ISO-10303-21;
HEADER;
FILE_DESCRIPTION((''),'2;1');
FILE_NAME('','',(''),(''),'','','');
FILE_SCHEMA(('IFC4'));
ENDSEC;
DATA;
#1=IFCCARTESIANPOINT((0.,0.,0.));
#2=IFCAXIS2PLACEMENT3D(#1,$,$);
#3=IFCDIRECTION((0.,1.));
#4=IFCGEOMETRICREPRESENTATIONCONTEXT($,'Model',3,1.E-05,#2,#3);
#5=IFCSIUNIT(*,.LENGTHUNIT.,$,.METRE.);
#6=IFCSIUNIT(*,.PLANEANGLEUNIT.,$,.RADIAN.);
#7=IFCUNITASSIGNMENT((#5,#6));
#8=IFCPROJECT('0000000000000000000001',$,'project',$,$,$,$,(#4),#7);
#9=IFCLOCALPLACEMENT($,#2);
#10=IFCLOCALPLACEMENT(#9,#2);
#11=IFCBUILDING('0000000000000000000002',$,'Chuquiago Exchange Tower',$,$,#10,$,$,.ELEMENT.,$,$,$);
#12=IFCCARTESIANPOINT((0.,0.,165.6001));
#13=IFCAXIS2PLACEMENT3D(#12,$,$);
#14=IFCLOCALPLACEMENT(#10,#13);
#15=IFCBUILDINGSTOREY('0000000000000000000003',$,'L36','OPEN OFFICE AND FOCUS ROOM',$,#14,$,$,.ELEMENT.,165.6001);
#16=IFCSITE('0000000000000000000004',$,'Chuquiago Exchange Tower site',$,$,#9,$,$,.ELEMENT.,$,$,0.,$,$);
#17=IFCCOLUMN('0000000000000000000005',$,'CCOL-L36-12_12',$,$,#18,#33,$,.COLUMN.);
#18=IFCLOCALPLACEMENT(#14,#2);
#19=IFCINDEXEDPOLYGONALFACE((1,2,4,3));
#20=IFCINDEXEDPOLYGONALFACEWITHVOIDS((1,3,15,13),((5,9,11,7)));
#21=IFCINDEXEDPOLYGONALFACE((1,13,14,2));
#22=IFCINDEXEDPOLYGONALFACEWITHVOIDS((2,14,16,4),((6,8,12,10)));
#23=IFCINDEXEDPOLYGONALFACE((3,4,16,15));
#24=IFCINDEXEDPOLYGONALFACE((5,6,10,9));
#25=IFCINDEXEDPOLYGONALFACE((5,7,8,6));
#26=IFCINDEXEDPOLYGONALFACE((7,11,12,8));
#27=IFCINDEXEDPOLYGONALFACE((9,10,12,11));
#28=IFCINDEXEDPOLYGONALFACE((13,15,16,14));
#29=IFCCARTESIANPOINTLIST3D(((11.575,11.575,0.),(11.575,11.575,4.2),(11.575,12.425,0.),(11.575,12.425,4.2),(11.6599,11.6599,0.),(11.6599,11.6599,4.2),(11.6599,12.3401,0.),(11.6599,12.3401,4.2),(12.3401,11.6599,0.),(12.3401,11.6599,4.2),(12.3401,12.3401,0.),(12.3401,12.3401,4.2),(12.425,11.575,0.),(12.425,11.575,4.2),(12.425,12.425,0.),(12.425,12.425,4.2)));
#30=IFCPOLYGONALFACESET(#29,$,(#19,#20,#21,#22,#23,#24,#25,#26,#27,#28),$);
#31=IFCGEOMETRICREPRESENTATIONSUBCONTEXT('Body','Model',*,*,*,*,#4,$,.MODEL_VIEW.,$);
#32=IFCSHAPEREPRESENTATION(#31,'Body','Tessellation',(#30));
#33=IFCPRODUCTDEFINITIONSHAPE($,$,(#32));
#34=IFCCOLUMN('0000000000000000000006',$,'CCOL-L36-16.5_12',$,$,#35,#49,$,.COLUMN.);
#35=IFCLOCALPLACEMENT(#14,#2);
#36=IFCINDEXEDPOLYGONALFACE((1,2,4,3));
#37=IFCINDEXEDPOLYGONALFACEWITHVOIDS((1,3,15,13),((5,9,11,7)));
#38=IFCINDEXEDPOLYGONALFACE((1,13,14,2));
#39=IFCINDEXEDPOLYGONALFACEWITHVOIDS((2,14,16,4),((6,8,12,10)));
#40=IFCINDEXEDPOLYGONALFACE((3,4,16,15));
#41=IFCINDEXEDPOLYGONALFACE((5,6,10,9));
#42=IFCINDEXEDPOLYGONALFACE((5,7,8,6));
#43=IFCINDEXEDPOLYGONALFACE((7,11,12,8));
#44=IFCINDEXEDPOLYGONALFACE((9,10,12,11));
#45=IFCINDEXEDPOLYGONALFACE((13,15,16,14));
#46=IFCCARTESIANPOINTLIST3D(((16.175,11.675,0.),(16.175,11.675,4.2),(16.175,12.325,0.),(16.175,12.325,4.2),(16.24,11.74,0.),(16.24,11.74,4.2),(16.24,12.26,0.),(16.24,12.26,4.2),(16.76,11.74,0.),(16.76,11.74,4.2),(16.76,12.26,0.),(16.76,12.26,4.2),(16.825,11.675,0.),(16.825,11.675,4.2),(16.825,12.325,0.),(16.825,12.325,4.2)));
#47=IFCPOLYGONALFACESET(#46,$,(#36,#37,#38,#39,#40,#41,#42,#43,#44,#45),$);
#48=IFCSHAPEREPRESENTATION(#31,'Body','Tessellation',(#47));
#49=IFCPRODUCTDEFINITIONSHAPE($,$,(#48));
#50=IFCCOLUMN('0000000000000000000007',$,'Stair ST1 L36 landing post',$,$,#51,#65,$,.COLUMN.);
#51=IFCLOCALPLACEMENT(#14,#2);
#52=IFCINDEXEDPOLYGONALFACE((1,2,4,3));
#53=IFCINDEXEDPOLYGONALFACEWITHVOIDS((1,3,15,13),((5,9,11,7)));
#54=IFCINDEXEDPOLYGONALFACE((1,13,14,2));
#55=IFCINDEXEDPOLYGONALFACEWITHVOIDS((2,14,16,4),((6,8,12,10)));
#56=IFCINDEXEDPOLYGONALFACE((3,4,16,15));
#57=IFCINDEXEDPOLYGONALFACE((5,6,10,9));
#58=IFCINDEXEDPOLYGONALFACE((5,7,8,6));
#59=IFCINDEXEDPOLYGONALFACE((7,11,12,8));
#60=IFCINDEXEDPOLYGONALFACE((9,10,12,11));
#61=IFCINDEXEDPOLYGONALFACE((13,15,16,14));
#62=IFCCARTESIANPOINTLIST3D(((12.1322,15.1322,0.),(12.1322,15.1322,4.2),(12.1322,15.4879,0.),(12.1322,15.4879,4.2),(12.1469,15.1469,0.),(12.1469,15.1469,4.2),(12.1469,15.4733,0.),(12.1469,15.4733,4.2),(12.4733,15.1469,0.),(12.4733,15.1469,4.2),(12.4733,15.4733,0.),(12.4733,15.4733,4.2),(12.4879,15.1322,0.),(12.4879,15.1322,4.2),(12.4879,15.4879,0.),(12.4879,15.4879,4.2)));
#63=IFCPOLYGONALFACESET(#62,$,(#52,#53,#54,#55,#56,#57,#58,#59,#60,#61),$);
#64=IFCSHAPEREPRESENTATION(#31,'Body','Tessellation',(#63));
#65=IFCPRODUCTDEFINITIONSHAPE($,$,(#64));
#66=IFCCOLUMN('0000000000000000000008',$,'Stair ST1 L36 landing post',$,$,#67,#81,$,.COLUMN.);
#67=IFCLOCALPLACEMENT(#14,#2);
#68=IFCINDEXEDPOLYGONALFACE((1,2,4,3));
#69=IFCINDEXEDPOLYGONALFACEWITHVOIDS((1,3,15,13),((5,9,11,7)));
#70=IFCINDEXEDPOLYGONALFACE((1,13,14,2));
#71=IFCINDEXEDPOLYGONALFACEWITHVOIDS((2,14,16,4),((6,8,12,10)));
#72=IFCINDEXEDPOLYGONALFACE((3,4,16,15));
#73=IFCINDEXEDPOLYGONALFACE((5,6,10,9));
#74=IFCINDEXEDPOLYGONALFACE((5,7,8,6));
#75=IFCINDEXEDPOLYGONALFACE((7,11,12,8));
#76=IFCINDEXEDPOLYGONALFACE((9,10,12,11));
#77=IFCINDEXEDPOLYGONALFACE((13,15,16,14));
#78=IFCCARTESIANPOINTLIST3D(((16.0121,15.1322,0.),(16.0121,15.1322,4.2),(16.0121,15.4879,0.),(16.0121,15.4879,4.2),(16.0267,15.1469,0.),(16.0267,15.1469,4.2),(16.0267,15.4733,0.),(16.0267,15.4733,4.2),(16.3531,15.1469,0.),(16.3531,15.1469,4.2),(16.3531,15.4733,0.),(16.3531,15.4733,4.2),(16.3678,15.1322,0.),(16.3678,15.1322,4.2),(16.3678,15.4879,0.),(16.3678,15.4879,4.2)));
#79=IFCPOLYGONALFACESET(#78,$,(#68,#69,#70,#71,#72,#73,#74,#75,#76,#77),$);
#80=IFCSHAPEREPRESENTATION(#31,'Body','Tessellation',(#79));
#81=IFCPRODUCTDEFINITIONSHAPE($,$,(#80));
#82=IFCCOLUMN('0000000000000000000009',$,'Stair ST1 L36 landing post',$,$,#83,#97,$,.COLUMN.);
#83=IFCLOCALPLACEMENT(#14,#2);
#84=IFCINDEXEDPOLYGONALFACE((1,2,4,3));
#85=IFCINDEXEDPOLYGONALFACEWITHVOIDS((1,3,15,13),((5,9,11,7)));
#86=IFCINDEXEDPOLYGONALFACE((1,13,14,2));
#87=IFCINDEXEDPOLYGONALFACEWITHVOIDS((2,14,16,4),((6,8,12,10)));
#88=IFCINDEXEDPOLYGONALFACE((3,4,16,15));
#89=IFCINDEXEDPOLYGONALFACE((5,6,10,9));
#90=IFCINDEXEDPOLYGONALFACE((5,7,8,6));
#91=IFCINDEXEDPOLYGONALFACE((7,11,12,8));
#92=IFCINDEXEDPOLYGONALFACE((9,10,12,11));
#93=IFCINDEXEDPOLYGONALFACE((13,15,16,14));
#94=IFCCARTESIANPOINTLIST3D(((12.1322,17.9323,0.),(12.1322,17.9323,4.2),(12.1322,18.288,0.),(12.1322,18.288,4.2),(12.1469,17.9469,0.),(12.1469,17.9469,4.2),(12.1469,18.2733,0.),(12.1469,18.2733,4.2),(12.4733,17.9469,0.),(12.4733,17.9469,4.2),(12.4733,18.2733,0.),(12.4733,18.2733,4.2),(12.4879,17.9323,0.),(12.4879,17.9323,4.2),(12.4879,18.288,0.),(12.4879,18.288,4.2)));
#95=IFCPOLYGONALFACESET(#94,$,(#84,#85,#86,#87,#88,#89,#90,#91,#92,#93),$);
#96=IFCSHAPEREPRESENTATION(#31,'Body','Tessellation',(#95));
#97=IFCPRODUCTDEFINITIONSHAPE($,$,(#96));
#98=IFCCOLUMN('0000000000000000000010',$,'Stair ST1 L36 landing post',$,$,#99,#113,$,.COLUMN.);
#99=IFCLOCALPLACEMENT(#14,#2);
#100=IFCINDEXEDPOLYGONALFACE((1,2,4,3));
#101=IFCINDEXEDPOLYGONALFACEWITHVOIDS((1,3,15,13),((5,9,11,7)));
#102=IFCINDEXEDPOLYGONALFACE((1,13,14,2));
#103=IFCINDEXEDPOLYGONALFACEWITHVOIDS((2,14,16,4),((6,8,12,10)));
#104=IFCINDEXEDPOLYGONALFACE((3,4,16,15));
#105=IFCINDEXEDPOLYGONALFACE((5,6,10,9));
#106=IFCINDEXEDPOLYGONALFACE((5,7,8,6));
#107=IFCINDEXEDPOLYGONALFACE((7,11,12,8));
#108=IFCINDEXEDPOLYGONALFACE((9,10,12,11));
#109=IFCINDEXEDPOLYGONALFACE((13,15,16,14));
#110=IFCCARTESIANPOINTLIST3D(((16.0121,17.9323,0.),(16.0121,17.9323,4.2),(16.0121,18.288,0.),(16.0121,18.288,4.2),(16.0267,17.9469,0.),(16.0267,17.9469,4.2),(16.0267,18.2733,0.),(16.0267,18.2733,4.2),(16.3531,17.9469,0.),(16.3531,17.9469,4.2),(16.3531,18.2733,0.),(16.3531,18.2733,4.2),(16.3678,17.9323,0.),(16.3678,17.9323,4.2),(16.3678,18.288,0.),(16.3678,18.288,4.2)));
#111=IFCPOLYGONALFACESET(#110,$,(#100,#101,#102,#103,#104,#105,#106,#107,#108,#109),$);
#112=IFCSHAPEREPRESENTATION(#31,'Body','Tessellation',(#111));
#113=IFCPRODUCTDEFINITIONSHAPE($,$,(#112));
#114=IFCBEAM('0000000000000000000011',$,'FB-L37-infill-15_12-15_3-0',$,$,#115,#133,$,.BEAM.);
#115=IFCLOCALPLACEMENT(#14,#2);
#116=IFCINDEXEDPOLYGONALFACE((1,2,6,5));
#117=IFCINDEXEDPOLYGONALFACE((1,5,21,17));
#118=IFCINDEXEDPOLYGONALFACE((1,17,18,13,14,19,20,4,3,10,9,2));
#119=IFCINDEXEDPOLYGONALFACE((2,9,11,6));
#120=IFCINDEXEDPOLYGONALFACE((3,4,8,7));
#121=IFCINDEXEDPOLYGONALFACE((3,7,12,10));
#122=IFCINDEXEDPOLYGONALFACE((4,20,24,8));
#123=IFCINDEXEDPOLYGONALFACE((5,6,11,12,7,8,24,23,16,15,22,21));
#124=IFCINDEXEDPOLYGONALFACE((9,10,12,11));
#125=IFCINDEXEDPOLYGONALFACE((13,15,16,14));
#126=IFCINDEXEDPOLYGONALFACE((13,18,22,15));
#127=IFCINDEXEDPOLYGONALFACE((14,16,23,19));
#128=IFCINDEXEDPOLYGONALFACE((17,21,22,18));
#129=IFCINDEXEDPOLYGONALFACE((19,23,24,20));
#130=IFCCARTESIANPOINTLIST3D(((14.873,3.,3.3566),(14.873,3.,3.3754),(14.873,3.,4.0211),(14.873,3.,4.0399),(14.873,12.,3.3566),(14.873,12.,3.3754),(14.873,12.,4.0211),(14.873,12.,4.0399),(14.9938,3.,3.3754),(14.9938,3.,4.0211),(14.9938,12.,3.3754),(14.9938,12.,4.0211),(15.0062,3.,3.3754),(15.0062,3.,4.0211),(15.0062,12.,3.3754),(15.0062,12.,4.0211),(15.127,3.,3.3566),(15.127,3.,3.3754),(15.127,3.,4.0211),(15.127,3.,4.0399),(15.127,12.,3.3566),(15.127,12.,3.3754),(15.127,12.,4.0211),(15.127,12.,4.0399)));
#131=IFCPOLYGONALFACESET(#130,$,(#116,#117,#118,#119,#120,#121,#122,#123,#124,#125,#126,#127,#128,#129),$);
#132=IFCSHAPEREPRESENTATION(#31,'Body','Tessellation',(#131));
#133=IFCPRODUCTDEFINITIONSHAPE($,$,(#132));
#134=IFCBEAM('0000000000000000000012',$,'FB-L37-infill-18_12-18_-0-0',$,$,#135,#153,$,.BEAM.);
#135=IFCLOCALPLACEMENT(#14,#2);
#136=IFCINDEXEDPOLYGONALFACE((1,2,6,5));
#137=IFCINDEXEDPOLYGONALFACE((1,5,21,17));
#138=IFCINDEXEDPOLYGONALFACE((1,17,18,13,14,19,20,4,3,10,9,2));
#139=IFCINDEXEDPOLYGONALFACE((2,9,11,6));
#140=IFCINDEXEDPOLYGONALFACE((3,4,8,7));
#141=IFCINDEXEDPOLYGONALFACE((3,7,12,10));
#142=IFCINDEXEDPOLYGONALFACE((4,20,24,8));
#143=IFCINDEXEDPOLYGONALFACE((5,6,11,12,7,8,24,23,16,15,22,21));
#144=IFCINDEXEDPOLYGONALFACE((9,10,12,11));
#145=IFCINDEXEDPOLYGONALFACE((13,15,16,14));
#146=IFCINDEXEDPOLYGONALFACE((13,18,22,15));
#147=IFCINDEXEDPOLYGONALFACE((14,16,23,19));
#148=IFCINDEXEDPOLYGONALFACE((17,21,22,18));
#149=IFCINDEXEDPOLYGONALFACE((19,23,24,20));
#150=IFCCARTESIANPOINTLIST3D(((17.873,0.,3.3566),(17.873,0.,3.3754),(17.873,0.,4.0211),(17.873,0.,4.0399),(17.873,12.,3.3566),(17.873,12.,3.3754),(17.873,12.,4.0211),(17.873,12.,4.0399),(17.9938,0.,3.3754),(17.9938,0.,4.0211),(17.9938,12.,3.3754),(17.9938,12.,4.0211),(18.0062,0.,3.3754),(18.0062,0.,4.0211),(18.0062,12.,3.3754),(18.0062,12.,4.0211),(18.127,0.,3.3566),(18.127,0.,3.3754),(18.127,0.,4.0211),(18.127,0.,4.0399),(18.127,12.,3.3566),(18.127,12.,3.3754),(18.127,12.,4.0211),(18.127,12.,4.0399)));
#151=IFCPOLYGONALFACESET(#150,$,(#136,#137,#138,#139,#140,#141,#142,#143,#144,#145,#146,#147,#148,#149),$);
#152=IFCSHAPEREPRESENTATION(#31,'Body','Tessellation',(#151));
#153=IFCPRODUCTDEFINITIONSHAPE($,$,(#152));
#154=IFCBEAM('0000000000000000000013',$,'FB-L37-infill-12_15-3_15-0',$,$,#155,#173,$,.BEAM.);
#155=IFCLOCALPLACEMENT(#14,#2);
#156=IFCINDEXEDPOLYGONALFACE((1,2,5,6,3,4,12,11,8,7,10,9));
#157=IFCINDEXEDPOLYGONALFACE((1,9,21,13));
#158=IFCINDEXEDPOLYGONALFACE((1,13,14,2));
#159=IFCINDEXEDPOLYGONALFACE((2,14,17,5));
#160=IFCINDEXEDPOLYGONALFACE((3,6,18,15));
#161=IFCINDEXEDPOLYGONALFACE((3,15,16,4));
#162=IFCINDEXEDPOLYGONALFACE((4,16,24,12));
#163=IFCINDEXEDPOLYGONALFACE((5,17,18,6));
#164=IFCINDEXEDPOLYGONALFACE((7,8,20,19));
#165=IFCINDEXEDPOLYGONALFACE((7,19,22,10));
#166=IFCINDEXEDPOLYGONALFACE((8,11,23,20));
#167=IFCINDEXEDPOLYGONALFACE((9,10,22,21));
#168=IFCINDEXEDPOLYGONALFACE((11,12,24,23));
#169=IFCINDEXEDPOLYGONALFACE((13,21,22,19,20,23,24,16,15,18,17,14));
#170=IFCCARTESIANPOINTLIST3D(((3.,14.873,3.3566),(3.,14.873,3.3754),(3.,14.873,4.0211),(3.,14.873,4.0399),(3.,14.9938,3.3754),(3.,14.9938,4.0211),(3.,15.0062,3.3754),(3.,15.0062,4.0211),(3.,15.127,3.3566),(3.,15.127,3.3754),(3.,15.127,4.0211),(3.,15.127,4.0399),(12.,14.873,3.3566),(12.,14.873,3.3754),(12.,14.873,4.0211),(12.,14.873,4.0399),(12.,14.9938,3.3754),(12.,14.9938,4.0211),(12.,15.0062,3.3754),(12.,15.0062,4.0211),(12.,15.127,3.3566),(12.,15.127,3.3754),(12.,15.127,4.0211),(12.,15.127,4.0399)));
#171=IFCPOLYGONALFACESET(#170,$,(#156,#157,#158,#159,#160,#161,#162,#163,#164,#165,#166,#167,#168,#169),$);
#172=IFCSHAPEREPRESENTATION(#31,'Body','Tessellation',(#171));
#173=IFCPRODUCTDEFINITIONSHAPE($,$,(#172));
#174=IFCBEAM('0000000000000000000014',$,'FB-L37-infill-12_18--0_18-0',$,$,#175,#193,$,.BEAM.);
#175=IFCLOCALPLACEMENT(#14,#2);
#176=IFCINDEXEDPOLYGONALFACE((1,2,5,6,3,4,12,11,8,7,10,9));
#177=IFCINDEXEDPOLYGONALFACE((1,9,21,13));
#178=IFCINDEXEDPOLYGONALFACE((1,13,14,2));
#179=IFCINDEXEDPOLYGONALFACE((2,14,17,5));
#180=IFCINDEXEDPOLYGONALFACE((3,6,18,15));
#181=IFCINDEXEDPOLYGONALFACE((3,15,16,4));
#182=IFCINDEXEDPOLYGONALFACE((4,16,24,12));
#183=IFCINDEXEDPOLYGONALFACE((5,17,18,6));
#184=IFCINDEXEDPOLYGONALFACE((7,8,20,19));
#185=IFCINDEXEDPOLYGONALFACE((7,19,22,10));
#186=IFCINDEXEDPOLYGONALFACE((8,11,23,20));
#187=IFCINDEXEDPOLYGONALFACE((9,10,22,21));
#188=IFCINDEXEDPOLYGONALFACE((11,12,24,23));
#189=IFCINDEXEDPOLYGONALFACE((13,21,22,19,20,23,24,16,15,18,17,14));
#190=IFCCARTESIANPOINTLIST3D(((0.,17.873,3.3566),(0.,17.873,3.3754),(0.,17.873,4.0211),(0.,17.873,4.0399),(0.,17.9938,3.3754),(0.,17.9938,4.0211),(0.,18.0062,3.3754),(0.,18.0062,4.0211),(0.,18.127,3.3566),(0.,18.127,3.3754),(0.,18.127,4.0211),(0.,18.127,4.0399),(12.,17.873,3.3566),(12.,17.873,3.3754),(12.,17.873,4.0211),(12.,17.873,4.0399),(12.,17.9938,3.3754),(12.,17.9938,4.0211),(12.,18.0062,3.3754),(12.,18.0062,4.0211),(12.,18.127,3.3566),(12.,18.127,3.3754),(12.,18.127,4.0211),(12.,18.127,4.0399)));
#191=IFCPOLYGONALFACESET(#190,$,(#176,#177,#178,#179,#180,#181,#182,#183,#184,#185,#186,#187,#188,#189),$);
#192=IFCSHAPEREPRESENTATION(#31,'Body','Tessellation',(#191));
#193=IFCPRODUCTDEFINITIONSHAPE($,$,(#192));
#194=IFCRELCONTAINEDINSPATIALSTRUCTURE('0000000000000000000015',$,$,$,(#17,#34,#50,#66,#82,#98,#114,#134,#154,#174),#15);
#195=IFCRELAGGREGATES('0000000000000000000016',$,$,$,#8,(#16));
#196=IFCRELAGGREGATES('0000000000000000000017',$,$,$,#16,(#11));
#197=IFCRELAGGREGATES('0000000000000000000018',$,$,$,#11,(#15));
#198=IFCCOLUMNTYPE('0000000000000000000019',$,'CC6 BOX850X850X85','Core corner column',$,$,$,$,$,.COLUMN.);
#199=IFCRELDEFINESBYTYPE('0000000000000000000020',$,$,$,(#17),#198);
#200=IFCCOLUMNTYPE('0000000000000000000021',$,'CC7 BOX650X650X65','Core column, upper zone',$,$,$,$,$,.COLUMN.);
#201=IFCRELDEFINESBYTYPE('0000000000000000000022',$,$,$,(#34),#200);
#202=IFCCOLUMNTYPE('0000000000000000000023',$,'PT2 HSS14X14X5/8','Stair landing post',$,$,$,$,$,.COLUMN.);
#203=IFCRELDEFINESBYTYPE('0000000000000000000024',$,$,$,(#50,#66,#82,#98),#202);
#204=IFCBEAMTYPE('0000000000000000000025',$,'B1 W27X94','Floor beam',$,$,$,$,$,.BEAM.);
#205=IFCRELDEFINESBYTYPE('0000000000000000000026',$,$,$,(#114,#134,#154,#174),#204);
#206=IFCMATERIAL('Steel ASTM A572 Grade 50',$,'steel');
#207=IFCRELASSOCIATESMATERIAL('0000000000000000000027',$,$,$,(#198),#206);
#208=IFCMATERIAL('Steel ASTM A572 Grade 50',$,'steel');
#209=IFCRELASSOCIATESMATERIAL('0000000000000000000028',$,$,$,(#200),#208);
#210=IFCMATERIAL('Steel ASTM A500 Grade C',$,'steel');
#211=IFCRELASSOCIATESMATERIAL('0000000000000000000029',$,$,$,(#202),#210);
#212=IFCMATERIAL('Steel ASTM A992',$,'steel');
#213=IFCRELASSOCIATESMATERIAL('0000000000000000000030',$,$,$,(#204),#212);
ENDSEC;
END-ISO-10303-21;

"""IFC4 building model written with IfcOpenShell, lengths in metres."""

from ifc_helpers import new_model, si_unit, direction, frame, origin, origin_2d, place, context, subcontext, project, spatial, hollow_rectangle, i_section, extrude, material, material_profile, profile_set, type_object, element, save


model = new_model("IFC4")

# Units and contexts
model_context = context("Model", 3, precision=1e-05, world=origin(), true_north=direction((0.0, 1.0)))
body_context = subcontext(model_context, "Body", "Model", "MODEL_VIEW")
ifc_project = project(units=[si_unit("LENGTHUNIT", "METRE"), si_unit("PLANEANGLEUNIT", "RADIAN")], contexts=[model_context])

# Site, building, storey
site_placement = place(None, origin())
site = spatial("IfcSite", under=ifc_project, at=site_placement, Name="Chuquiago Exchange Tower site", CompositionType="ELEMENT", RefElevation=0.0)
building_placement = place(site_placement, origin())
building = spatial("IfcBuilding", under=site, at=building_placement, Name="Chuquiago Exchange Tower", CompositionType="ELEMENT")
storey_placement = place(building_placement, frame((0.0, 0.0, 165.6001)))
storey = spatial("IfcBuildingStorey", under=building, at=storey_placement, Name="L36", Description="OPEN OFFICE AND FOCUS ROOM", CompositionType="ELEMENT", Elevation=165.6001)

# Columns
ifc_material_1 = material(Name="Steel ASTM A572 Grade 50", Category="steel")
ifc_material_profile_1 = material_profile(ifc_material_1, hollow_rectangle(XDim=0.8501, YDim=0.8501, WallThickness=0.085, at=origin_2d()), Name="BOX850X850X85")
ifc_profile_set_1 = profile_set([ifc_material_profile_1], Name="Steel ASTM A572 Grade 50")
column_type_1 = type_object("IfcColumnType", Name="CC6 BOX850X850X85", Description="Core corner column", PredefinedType="COLUMN", material=ifc_profile_set_1)
column_1_placement = place(storey_placement, frame((12.0, 12.0, 0.0), z_axis=(0.0, 0.0, 1.0), x_axis=(1.0, 0.0, 0.0)))
element("IfcColumn", 1, at=column_1_placement, inside=storey, type_object=column_type_1, Name="CCOL-L36-12_12", PredefinedType="COLUMN", context=body_context, shape_type="SweptSolid", body=[
    extrude(hollow_rectangle(XDim=0.8501, YDim=0.8501, WallThickness=0.085, at=origin_2d()), origin(), (0.0, 0.0, 1.0), 4.2),
])
ifc_material_2 = material(Name="Steel ASTM A572 Grade 50", Category="steel")
ifc_material_profile_2 = material_profile(ifc_material_2, hollow_rectangle(XDim=0.6499, YDim=0.6499, WallThickness=0.0649, at=origin_2d()), Name="BOX650X650X65")
ifc_profile_set_2 = profile_set([ifc_material_profile_2], Name="Steel ASTM A572 Grade 50")
column_type_2 = type_object("IfcColumnType", Name="CC7 BOX650X650X65", Description="Core column, upper zone", PredefinedType="COLUMN", material=ifc_profile_set_2)
column_2_placement = place(storey_placement, frame((16.5, 12.0, 0.0), z_axis=(0.0, 0.0, 1.0), x_axis=(1.0, 0.0, 0.0)))
element("IfcColumn", 2, at=column_2_placement, inside=storey, type_object=column_type_2, Name="CCOL-L36-16.5_12", PredefinedType="COLUMN", context=body_context, shape_type="SweptSolid", body=[
    extrude(hollow_rectangle(XDim=0.6499, YDim=0.6499, WallThickness=0.0649, at=origin_2d()), origin(), (0.0, 0.0, 1.0), 4.2),
])
ifc_material_3 = material(Name="Steel ASTM A500 Grade C", Category="steel")
ifc_material_profile_3 = material_profile(ifc_material_3, hollow_rectangle(XDim=0.3557, YDim=0.3557, WallThickness=0.0146, at=origin_2d()), Name="HSS14X14X5/8")
ifc_profile_set_3 = profile_set([ifc_material_profile_3], Name="Steel ASTM A500 Grade C")
column_type_3 = type_object("IfcColumnType", Name="PT2 HSS14X14X5/8", Description="Stair landing post", PredefinedType="COLUMN", material=ifc_profile_set_3)
for number, where, z_axis, x_axis, name in (
    (3, (12.3101, 15.3101, 0.0), (0.0, 0.0, 1.0), (1.0, 0.0, 0.0), "Stair ST1 L36 landing post"),
    (4, (16.1899, 15.3101, 0.0), (0.0, 0.0, 1.0), (1.0, 0.0, 0.0), "Stair ST1 L36 landing post"),
    (5, (12.3101, 18.1101, 0.0), (0.0, 0.0, 1.0), (1.0, 0.0, 0.0), "Stair ST1 L36 landing post"),
    (6, (16.1899, 18.1101, 0.0), (0.0, 0.0, 1.0), (1.0, 0.0, 0.0), "Stair ST1 L36 landing post"),
):
    element("IfcColumn", number, at=place(storey_placement, frame(where, z_axis=z_axis, x_axis=x_axis)), inside=storey, type_object=column_type_3, Name=name, PredefinedType="COLUMN", context=body_context, shape_type="SweptSolid", body=[
        extrude(hollow_rectangle(XDim=0.3557, YDim=0.3557, WallThickness=0.0146, at=origin_2d()), origin(), (0.0, 0.0, 1.0), 4.2),
    ])

# Beams
ifc_material_4 = material(Name="Steel ASTM A992", Category="steel")
ifc_material_profile_4 = material_profile(ifc_material_4, i_section(OverallWidth=0.2539, OverallDepth=0.6833, WebThickness=0.0125, FlangeThickness=0.0188, at=origin_2d()), Name="W27X94")
ifc_profile_set_4 = profile_set([ifc_material_profile_4], Name="Steel ASTM A992")
beam_type_1 = type_object("IfcBeamType", Name="B1 W27X94", Description="Floor beam", PredefinedType="BEAM", material=ifc_profile_set_4)
beam_1_placement = place(storey_placement, frame((15.0, 12.0, 3.6982), z_axis=(0.0, -1.0, 0.0), x_axis=(1.0, 0.0, 0.0)))
element("IfcBeam", 7, at=beam_1_placement, inside=storey, type_object=beam_type_1, Name="FB-L37-infill-15_12-15_3-0", PredefinedType="BEAM", context=body_context, shape_type="SweptSolid", body=[
    extrude(i_section(OverallWidth=0.2539, OverallDepth=0.6833, WebThickness=0.0125, FlangeThickness=0.0188, at=origin_2d()), origin(), (0.0, 0.0, 1.0), 9.0),
])
beam_2_placement = place(storey_placement, frame((18.0, 12.0, 3.6982), z_axis=(0.0, -1.0, 0.0), x_axis=(1.0, 0.0, 0.0)))
element("IfcBeam", 8, at=beam_2_placement, inside=storey, type_object=beam_type_1, Name="FB-L37-infill-18_12-18_-0-0", PredefinedType="BEAM", context=body_context, shape_type="SweptSolid", body=[
    extrude(i_section(OverallWidth=0.2539, OverallDepth=0.6833, WebThickness=0.0125, FlangeThickness=0.0188, at=origin_2d()), origin(), (0.0, 0.0, 1.0), 12.0),
])
beam_3_placement = place(storey_placement, frame((12.0, 15.0, 3.6982), z_axis=(-1.0, 0.0, 0.0), x_axis=(0.0, -1.0, 0.0)))
element("IfcBeam", 9, at=beam_3_placement, inside=storey, type_object=beam_type_1, Name="FB-L37-infill-12_15-3_15-0", PredefinedType="BEAM", context=body_context, shape_type="SweptSolid", body=[
    extrude(i_section(OverallWidth=0.2539, OverallDepth=0.6833, WebThickness=0.0125, FlangeThickness=0.0188, at=origin_2d()), origin(), (0.0, 0.0, 1.0), 9.0),
])
beam_4_placement = place(storey_placement, frame((12.0, 18.0, 3.6982), z_axis=(-1.0, 0.0, 0.0), x_axis=(0.0, -1.0, 0.0)))
element("IfcBeam", 10, at=beam_4_placement, inside=storey, type_object=beam_type_1, Name="FB-L37-infill-12_18--0_18-0", PredefinedType="BEAM", context=body_context, shape_type="SweptSolid", body=[
    extrude(i_section(OverallWidth=0.2539, OverallDepth=0.6833, WebThickness=0.0125, FlangeThickness=0.0188, at=origin_2d()), origin(), (0.0, 0.0, 1.0), 12.0),
])

save(model, "model.ifc")
